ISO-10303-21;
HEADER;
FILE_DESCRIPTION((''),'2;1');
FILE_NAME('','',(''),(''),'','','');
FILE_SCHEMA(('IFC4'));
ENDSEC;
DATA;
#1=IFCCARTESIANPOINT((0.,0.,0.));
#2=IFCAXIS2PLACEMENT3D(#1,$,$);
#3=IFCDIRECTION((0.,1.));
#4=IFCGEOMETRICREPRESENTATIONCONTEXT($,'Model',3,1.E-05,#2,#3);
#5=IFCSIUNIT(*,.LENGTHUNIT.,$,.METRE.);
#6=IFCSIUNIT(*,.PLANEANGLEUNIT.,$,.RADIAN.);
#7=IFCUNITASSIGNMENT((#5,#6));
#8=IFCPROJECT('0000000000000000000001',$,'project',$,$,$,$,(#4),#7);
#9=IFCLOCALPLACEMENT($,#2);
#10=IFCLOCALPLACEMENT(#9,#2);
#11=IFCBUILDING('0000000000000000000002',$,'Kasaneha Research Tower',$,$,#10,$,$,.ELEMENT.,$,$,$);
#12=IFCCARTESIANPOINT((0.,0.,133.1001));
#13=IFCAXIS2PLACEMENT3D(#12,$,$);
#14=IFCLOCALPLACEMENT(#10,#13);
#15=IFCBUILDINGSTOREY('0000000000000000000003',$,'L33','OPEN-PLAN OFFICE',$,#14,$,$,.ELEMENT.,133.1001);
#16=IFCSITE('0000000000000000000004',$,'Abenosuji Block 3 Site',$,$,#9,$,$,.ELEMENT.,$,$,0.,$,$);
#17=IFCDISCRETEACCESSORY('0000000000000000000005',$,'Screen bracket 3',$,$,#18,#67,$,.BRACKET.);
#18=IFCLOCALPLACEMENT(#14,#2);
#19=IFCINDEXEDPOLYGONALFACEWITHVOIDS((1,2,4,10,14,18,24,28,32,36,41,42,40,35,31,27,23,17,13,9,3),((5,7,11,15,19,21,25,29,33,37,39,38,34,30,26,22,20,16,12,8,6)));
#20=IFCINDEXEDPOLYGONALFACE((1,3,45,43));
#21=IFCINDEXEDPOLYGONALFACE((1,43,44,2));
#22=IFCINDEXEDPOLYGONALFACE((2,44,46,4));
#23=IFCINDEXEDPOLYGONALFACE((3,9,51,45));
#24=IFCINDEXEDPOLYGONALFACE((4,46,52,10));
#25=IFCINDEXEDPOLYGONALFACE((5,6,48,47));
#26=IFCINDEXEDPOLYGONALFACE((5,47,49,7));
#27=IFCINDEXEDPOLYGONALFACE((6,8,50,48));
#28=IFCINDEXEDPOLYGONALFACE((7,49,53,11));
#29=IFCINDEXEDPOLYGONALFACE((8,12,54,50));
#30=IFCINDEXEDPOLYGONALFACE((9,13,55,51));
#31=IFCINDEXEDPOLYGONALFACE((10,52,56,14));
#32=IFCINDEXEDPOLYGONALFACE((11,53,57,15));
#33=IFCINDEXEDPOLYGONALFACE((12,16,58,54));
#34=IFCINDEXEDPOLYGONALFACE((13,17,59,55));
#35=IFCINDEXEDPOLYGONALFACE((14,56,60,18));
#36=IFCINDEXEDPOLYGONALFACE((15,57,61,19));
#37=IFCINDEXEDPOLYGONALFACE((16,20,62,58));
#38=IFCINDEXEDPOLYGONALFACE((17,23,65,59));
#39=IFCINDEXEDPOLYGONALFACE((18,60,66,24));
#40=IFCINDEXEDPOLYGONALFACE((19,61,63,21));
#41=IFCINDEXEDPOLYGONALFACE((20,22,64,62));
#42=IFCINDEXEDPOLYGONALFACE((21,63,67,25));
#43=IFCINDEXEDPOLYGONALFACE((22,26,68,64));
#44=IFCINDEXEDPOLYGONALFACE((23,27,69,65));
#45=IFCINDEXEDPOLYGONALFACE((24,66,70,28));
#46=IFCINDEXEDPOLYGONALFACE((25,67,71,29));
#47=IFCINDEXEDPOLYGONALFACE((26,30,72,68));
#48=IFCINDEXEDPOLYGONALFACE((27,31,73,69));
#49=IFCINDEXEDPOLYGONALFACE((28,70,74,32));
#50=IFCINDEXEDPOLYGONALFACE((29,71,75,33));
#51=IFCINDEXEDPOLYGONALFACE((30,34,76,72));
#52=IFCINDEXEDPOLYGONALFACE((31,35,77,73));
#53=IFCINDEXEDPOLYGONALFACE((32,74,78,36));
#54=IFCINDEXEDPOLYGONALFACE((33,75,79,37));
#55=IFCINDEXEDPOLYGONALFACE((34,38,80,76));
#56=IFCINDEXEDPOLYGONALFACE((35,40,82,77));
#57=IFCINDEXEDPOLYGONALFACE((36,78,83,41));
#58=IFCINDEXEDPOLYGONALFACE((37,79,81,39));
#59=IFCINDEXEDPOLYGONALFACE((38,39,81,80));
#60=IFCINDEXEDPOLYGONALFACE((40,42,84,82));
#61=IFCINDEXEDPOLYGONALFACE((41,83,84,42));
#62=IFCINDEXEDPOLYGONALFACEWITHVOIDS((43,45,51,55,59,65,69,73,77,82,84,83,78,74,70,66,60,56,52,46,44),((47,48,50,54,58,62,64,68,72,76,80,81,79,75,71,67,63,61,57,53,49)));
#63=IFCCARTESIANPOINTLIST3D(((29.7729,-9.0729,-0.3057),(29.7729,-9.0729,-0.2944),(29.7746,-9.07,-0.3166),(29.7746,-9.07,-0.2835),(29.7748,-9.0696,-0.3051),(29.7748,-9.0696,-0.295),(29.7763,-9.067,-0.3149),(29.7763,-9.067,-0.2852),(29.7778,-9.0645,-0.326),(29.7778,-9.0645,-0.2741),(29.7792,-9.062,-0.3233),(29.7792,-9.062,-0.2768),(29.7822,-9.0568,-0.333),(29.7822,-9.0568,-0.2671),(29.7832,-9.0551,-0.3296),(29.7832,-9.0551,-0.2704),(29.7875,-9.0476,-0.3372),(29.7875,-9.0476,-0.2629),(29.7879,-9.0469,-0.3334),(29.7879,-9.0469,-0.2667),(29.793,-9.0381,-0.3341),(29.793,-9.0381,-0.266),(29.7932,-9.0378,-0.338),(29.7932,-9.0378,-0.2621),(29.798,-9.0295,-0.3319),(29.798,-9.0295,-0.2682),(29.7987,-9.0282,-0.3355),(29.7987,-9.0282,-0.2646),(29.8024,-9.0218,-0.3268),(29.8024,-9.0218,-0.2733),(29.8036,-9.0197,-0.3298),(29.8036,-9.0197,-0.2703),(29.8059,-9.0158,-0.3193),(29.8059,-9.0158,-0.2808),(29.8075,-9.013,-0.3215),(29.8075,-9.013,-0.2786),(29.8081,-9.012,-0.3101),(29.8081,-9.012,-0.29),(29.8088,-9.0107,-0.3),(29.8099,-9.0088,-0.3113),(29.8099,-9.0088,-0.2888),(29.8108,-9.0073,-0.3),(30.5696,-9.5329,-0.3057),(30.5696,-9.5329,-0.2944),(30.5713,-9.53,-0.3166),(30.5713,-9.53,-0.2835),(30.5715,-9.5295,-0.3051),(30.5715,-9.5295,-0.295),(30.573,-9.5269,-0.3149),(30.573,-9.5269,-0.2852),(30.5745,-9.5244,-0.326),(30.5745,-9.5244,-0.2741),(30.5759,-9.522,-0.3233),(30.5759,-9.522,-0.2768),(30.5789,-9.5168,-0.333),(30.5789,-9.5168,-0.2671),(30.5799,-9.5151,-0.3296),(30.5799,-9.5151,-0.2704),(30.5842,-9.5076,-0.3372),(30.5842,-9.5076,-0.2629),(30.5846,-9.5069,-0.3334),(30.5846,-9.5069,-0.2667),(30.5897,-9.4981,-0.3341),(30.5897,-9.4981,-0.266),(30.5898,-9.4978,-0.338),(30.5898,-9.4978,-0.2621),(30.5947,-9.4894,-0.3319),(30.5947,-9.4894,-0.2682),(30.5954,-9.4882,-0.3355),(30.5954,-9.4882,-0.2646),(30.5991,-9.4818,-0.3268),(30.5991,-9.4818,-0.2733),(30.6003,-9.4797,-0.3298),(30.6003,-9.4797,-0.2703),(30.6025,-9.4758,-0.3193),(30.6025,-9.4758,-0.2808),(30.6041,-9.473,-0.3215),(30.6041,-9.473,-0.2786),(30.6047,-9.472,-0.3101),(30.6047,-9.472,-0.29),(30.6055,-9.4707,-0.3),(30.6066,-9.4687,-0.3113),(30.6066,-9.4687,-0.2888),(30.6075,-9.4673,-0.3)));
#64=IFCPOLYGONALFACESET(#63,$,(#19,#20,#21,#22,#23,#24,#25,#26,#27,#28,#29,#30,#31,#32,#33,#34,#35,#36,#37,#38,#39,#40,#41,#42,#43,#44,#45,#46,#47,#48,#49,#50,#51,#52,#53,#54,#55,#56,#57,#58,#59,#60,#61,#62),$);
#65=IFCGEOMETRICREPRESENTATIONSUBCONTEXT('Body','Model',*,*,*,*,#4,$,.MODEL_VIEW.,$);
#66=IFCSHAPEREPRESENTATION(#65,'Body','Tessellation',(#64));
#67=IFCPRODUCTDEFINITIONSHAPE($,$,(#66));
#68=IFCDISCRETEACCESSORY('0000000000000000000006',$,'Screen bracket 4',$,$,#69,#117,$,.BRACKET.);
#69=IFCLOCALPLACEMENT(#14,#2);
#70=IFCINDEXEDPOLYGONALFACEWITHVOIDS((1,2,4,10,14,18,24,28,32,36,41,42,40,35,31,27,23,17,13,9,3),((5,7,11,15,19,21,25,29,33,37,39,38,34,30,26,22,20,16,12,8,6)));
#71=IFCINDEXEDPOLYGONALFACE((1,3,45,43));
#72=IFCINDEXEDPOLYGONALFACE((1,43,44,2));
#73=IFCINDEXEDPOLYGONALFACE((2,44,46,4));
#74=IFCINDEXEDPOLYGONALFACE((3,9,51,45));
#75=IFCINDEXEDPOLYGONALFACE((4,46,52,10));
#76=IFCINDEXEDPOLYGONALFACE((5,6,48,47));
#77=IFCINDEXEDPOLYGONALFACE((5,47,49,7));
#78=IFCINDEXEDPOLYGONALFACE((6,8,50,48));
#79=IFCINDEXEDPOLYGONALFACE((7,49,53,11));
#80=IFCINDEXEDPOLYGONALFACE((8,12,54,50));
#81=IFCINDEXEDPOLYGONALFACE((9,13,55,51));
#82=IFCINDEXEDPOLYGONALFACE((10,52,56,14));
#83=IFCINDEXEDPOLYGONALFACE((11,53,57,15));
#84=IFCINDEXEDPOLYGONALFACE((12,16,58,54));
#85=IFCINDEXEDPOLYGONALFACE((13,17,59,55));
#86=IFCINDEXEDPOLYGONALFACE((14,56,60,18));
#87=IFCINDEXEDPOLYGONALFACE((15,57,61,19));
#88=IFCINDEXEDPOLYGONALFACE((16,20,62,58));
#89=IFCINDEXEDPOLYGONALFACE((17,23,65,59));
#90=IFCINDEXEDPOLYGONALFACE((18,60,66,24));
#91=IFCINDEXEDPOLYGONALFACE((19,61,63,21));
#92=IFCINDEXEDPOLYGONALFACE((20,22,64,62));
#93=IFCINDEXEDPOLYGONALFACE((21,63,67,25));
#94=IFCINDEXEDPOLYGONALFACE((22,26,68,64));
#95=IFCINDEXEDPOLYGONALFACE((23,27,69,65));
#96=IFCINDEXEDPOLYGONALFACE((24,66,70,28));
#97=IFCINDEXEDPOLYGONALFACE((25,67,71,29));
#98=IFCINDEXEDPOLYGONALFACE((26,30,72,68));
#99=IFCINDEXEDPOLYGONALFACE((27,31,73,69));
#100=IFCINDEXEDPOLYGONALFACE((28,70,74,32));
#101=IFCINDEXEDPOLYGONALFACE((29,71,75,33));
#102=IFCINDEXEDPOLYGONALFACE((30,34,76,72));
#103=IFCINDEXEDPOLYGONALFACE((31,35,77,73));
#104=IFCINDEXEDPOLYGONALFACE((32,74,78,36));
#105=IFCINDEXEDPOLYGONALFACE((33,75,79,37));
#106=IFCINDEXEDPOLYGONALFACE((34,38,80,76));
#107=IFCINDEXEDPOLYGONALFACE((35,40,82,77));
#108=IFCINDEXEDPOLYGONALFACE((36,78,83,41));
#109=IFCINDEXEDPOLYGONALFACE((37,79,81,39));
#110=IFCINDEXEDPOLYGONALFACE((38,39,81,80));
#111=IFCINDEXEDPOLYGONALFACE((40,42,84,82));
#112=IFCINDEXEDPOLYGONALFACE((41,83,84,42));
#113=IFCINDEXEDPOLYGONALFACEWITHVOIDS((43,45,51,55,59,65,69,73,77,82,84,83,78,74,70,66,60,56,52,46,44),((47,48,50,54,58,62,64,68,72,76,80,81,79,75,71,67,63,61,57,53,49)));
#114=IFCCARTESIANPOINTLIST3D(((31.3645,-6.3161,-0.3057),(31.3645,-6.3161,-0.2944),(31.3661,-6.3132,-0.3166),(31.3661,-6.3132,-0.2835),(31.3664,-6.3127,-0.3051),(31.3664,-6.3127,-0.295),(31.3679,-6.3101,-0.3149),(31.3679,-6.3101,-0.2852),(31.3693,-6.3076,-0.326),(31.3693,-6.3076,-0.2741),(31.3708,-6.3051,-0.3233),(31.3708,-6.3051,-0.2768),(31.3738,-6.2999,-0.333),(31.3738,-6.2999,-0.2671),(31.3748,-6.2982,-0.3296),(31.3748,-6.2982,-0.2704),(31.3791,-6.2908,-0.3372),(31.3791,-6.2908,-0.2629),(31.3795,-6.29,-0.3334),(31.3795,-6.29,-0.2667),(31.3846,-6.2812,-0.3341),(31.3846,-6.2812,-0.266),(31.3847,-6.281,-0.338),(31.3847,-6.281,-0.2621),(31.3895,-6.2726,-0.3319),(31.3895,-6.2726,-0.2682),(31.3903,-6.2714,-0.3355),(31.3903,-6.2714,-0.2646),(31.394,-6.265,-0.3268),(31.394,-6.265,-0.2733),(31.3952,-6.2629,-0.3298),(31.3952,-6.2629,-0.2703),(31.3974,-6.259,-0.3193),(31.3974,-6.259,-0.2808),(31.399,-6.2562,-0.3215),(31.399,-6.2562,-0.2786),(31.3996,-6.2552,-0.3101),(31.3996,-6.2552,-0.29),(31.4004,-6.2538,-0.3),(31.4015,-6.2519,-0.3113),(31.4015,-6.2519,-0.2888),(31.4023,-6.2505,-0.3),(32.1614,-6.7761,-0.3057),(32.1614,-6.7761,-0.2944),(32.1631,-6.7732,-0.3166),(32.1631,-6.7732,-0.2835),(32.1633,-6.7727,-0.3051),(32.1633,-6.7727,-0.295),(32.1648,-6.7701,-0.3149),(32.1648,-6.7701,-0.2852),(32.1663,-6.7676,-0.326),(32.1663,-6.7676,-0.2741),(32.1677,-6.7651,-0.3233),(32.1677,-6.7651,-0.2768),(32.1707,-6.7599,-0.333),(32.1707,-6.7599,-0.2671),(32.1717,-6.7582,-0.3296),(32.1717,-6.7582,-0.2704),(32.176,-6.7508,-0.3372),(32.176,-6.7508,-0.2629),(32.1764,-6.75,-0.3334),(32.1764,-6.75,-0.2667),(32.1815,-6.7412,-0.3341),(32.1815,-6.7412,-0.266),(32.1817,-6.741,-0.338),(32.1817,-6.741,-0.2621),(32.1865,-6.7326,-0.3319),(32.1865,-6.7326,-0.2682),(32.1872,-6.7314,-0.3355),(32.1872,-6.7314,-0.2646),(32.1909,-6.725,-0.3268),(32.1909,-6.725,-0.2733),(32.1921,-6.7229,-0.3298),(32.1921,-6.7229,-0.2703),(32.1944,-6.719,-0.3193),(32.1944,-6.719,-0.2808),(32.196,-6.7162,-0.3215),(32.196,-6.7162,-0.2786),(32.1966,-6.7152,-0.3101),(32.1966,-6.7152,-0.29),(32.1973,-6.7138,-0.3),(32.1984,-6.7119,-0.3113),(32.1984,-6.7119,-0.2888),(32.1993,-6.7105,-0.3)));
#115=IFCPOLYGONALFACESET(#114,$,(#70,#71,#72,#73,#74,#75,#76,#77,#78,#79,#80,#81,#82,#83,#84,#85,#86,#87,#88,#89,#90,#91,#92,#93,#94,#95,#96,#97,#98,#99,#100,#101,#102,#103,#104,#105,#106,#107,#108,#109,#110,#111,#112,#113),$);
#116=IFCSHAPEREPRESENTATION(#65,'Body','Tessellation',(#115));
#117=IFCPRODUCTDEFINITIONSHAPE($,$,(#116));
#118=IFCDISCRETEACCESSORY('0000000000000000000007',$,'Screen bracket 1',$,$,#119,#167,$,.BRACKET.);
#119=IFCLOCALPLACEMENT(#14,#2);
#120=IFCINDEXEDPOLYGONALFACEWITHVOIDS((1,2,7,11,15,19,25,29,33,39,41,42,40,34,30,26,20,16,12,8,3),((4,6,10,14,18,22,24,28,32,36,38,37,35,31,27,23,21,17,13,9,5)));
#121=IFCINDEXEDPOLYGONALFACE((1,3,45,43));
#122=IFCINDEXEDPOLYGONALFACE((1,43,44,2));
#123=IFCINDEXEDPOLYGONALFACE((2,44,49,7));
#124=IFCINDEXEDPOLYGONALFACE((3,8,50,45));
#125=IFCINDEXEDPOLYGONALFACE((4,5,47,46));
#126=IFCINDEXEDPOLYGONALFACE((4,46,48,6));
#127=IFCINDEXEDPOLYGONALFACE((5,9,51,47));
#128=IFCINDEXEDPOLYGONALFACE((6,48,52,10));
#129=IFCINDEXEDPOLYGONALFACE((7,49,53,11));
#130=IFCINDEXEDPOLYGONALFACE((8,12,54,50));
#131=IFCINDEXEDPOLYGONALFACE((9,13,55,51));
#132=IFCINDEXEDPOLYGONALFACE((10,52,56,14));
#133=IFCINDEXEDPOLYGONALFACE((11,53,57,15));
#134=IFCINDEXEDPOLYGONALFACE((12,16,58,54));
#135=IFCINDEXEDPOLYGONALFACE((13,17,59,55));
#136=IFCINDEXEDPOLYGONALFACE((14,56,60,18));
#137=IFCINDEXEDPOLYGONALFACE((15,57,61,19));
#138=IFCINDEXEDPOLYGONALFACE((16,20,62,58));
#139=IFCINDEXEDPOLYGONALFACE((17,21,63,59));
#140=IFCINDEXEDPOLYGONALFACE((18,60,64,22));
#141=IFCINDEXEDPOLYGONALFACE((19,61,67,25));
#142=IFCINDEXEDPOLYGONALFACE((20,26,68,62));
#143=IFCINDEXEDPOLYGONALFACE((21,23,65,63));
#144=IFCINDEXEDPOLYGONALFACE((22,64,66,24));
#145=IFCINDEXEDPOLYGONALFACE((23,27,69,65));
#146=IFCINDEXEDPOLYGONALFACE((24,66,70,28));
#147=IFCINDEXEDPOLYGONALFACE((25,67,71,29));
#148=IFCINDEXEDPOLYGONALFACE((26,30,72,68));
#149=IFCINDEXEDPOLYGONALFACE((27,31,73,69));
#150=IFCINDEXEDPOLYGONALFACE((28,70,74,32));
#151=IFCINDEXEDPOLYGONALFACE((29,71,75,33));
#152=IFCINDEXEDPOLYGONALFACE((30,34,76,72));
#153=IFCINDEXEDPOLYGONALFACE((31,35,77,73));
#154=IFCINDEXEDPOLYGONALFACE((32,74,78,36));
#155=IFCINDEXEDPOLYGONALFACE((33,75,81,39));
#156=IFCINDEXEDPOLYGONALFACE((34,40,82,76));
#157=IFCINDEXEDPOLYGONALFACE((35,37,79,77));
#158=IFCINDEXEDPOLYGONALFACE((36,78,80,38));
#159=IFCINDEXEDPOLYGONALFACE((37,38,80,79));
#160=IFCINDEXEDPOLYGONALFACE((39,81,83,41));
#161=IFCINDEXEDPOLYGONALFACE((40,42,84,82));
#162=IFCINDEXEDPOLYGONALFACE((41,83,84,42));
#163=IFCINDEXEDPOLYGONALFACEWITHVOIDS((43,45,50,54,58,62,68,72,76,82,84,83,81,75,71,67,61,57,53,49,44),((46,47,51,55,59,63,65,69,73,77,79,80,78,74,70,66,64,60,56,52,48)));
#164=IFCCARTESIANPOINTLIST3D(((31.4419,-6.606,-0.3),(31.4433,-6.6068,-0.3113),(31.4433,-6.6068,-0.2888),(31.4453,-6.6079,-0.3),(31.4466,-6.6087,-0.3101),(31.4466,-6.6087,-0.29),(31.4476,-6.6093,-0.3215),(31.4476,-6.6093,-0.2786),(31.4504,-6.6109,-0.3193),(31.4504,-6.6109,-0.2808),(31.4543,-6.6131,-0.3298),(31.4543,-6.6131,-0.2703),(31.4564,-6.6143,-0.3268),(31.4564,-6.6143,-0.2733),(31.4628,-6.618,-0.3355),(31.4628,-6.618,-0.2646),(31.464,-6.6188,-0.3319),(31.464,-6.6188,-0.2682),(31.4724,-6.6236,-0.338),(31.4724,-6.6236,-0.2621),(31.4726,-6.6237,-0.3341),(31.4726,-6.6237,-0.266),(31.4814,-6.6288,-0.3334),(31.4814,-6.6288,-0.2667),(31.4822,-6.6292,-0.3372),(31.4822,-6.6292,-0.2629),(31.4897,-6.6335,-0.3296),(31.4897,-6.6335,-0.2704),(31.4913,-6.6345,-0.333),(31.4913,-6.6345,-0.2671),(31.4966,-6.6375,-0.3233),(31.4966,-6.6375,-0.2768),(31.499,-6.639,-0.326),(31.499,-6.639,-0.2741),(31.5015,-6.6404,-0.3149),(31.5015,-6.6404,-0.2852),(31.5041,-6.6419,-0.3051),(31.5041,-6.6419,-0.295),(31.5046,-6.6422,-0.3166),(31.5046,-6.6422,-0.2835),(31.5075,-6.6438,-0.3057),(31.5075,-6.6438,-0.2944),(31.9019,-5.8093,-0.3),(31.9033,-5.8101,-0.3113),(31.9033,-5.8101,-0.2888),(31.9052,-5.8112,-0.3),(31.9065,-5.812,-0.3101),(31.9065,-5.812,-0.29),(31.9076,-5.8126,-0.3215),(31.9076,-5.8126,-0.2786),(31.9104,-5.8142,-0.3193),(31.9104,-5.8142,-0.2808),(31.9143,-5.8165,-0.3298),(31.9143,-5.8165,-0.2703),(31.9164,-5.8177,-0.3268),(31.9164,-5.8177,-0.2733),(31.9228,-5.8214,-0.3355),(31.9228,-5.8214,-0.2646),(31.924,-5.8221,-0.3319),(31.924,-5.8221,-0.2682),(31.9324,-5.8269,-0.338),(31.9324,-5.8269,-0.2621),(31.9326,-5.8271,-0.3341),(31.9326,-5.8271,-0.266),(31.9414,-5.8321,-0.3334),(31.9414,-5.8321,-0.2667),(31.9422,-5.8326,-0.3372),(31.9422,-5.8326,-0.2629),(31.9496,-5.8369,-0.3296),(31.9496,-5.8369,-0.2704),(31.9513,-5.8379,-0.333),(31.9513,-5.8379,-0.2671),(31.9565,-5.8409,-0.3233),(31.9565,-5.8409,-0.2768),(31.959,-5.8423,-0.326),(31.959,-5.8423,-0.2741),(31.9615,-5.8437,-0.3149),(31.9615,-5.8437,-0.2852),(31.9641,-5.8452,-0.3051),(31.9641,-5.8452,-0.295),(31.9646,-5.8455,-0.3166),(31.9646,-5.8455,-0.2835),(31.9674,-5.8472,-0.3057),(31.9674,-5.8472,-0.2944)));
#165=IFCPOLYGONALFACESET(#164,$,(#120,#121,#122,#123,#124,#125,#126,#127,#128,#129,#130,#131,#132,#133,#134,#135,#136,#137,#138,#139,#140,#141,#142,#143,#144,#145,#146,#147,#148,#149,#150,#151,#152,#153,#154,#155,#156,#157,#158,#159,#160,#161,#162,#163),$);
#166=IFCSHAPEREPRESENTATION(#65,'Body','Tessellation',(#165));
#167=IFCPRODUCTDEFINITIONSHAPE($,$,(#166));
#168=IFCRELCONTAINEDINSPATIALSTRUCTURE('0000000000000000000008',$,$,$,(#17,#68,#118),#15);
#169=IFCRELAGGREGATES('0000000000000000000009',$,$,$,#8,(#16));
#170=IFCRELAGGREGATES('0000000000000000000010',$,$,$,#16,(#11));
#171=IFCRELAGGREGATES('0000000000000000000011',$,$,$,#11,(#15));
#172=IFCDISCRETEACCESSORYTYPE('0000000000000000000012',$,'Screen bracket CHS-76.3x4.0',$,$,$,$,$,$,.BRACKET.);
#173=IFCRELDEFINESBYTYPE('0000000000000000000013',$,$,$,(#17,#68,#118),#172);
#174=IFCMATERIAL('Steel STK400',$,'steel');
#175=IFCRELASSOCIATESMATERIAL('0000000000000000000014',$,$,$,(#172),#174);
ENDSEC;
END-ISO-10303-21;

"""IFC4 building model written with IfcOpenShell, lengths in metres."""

from ifc_helpers import new_model, si_unit, direction, frame, origin, origin_2d, place, context, subcontext, project, spatial, hollow_circle, extrude, material, material_profile, profile_set, type_object, element, save


model = new_model("IFC4")

# Units and contexts
model_context = context("Model", 3, precision=1e-05, world=origin(), true_north=direction((0.0, 1.0)))
body_context = subcontext(model_context, "Body", "Model", "MODEL_VIEW")
ifc_project = project(units=[si_unit("LENGTHUNIT", "METRE"), si_unit("PLANEANGLEUNIT", "RADIAN")], contexts=[model_context])

# Site, building, storey
site_placement = place(None, origin())
site = spatial("IfcSite", under=ifc_project, at=site_placement, Name="Abenosuji Block 3 Site", CompositionType="ELEMENT", RefElevation=0.0)
building_placement = place(site_placement, origin())
building = spatial("IfcBuilding", under=site, at=building_placement, Name="Kasaneha Research Tower", CompositionType="ELEMENT")
storey_placement = place(building_placement, frame((0.0, 0.0, 133.1001)))
storey = spatial("IfcBuildingStorey", under=building, at=storey_placement, Name="L33", Description="OPEN-PLAN OFFICE", CompositionType="ELEMENT", Elevation=133.1001)

# Discrete accessories
ifc_material_1 = material(Name="Steel STK400", Category="steel")
ifc_material_profile_1 = material_profile(ifc_material_1, hollow_circle(Radius=0.0381, WallThickness=0.0039, at=origin_2d()), Name="CHS-76.3x4.0")
ifc_profile_set_1 = profile_set([ifc_material_profile_1], Name="Steel STK400")
discrete_accessory_type = type_object("IfcDiscreteAccessoryType", Name="Screen bracket CHS-76.3x4.0", PredefinedType="BRACKET", material=ifc_profile_set_1)
discrete_accessory_1_placement = place(storey_placement, frame((29.7917, -9.0403, -0.3), z_axis=(0.866013, -0.500021, 0.0), x_axis=(0.500021, 0.866013, 0.0)))
element("IfcDiscreteAccessory", 1, at=discrete_accessory_1_placement, inside=storey, type_object=discrete_accessory_type, Name="Screen bracket 3", PredefinedType="BRACKET", context=body_context, shape_type="SweptSolid", body=[
    extrude(hollow_circle(Radius=0.0381, WallThickness=0.0039, at=origin_2d()), origin(), (0.0, 0.0, 1.0), 0.9199),
])
discrete_accessory_2_placement = place(storey_placement, frame((31.3833, -6.2834, -0.3), z_axis=(0.86608, -0.499906, 0.0), x_axis=(0.499906, 0.86608, 0.0)))
element("IfcDiscreteAccessory", 2, at=discrete_accessory_2_placement, inside=storey, type_object=discrete_accessory_type, Name="Screen bracket 4", PredefinedType="BRACKET", context=body_context, shape_type="SweptSolid", body=[
    extrude(hollow_circle(Radius=0.0381, WallThickness=0.0039, at=origin_2d()), origin(), (0.0, 0.0, 1.0), 0.9202),
])
discrete_accessory_3_placement = place(storey_placement, frame((31.4749, -6.625, -0.3), z_axis=(0.500021, 0.866013, 0.0), x_axis=(-0.866013, 0.500021, 0.0)))
element("IfcDiscreteAccessory", 3, at=discrete_accessory_3_placement, inside=storey, type_object=discrete_accessory_type, Name="Screen bracket 1", PredefinedType="BRACKET", context=body_context, shape_type="SweptSolid", body=[
    extrude(hollow_circle(Radius=0.0381, WallThickness=0.0039, at=origin_2d()), origin(), (0.0, 0.0, 1.0), 0.9199),
])

save(model, "model.ifc")
